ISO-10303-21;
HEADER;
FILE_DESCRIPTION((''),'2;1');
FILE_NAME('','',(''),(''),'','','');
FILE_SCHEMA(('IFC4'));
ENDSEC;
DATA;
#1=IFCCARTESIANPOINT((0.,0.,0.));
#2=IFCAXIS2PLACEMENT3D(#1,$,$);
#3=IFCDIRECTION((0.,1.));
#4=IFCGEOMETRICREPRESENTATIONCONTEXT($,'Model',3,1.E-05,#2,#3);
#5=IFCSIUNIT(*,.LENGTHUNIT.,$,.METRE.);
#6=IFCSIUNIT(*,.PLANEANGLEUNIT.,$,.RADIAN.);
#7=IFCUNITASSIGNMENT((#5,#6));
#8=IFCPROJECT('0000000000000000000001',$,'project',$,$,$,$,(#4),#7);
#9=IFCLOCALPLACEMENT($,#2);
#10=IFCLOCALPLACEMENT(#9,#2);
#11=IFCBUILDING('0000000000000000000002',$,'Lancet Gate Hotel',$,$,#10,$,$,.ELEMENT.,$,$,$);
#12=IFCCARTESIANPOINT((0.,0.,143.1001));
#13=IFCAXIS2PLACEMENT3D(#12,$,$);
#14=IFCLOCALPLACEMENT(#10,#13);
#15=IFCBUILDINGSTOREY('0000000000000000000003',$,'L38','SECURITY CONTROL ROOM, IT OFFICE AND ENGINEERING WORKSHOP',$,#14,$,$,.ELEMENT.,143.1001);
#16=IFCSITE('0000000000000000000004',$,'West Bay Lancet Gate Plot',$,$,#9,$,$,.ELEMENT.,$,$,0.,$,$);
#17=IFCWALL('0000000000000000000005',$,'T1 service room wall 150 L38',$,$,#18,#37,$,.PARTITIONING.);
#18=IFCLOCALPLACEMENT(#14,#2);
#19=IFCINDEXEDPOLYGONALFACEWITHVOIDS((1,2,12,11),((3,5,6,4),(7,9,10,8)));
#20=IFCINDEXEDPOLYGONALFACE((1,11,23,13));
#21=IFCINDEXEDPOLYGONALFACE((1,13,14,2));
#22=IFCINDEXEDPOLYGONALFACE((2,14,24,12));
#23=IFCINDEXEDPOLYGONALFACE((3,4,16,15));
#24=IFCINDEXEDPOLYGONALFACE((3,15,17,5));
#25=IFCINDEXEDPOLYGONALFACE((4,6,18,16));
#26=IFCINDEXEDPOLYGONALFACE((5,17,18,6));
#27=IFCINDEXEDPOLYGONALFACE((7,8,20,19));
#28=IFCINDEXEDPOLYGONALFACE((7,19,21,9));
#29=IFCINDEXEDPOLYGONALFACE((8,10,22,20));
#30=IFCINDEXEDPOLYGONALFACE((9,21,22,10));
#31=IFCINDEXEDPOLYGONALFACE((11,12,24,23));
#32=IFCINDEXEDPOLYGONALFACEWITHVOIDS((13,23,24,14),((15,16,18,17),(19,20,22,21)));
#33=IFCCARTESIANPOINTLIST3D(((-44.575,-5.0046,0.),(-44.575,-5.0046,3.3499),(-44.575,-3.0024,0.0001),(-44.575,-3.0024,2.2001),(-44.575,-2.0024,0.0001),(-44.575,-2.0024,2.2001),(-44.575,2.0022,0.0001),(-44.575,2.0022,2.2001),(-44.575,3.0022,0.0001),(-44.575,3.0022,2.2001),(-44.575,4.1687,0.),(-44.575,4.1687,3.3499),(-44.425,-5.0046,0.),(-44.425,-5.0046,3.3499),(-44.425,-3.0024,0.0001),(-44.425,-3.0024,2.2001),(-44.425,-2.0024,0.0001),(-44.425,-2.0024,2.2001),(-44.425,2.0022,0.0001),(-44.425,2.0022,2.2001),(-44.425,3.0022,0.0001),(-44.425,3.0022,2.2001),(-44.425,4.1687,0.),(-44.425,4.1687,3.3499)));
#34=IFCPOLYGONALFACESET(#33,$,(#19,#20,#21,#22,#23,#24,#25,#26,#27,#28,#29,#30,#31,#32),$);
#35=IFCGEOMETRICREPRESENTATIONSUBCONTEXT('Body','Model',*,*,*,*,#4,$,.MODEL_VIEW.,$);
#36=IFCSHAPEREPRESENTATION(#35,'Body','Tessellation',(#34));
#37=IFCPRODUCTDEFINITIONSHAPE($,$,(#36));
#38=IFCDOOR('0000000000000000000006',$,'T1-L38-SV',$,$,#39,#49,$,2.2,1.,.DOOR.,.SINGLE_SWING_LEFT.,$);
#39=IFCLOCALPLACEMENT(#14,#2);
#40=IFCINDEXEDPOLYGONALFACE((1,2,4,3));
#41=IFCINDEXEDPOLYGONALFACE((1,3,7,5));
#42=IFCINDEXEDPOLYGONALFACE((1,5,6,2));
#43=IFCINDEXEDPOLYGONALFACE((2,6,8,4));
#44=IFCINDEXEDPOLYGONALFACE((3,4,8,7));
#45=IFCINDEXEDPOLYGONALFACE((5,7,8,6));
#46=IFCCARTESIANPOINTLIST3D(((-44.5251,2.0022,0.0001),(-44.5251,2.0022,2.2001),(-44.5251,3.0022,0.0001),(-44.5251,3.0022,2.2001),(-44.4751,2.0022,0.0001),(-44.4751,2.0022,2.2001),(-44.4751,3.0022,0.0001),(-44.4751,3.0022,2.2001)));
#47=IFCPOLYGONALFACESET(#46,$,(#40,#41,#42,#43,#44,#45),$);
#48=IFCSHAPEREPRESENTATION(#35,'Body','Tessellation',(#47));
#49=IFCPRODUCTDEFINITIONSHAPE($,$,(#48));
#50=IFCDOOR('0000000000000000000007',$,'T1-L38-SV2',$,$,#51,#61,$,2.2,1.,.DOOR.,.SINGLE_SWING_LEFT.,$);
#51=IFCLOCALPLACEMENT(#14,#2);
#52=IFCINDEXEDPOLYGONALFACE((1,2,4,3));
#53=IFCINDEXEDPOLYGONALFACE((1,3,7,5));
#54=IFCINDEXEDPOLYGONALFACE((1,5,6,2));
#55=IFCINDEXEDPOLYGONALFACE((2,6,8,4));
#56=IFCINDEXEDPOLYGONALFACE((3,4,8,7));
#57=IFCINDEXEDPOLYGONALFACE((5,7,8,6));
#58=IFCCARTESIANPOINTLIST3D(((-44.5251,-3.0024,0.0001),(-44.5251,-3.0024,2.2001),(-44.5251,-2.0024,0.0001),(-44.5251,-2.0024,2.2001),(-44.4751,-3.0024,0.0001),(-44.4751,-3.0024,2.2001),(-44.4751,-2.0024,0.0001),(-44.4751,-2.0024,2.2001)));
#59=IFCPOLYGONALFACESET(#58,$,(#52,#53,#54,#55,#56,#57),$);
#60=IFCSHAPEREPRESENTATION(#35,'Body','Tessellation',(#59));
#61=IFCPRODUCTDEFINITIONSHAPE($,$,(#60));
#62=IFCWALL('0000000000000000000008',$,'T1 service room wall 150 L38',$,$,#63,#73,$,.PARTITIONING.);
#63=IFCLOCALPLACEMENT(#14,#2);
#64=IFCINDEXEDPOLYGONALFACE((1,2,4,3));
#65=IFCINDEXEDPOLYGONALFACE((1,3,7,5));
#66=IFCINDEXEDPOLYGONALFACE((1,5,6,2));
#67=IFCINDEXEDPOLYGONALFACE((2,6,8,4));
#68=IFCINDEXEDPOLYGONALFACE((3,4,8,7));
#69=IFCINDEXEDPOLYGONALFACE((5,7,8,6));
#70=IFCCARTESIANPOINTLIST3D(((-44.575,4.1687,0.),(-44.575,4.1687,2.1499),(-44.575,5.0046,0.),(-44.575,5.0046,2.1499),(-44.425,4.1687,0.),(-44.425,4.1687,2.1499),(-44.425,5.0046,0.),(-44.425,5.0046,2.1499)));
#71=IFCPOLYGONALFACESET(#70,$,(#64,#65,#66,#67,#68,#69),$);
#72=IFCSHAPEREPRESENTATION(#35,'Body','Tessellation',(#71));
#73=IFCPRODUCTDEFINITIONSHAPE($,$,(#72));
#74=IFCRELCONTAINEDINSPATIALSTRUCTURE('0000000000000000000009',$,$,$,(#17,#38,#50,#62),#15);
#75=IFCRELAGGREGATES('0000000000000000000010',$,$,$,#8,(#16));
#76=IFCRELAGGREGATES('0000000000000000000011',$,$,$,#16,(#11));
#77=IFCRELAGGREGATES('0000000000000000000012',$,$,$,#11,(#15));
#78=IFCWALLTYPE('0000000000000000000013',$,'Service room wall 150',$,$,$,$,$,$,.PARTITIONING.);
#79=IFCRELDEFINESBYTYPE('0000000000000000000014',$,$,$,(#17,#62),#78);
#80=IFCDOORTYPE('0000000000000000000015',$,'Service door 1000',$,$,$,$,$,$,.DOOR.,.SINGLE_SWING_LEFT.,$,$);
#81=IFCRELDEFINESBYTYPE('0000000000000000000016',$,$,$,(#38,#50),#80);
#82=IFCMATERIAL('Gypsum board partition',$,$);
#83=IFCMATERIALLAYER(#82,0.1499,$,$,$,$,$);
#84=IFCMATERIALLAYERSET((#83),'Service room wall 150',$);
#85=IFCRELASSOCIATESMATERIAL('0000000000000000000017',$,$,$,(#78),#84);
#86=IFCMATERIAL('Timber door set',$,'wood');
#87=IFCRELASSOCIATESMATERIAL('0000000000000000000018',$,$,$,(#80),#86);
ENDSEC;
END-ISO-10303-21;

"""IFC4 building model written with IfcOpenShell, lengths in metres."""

from ifc_helpers import new_model, si_unit, direction, frame, frame_2d, origin, place, context, subcontext, project, spatial, rectangle, extrude, material, layer, layer_set, type_object, element, fill, save


model = new_model("IFC4")

# Units and contexts
model_context = context("Model", 3, precision=1e-05, world=origin(), true_north=direction((0.0, 1.0)))
body_context = subcontext(model_context, "Body", "Model", "MODEL_VIEW")
ifc_project = project(units=[si_unit("LENGTHUNIT", "METRE"), si_unit("PLANEANGLEUNIT", "RADIAN")], contexts=[model_context])

# Site, building, storey
site_placement = place(None, origin())
site = spatial("IfcSite", under=ifc_project, at=site_placement, Name="West Bay Lancet Gate Plot", CompositionType="ELEMENT", RefElevation=0.0)
building_placement = place(site_placement, origin())
building = spatial("IfcBuilding", under=site, at=building_placement, Name="Lancet Gate Hotel", CompositionType="ELEMENT")
storey_placement = place(building_placement, frame((0.0, 0.0, 143.1001)))
storey = spatial("IfcBuildingStorey", under=building, at=storey_placement, Name="L38", Description="SECURITY CONTROL ROOM, IT OFFICE AND ENGINEERING WORKSHOP", CompositionType="ELEMENT", Elevation=143.1001)

# Shared definitions
ifc_material_1 = material(Name="Gypsum board partition")
ifc_layer_1 = layer(ifc_material_1, 0.1499)
ifc_layer_set_1 = layer_set([ifc_layer_1], Name="Service room wall 150")
wall_type_1 = type_object("IfcWallType", Name="Service room wall 150", PredefinedType="PARTITIONING", material=ifc_layer_set_1)

# Shared definitions
ifc_material_2 = material(Name="Timber door set", Category="wood")
door_type_1 = type_object("IfcDoorType", Name="Service door 1000", OperationType="SINGLE_SWING_LEFT", PredefinedType="DOOR", material=ifc_material_2)

# Wall, openings, doors
wall_1_placement = place(storey_placement, frame((-44.5, 4.1687, 0.0), z_axis=(0.0, 0.0, 1.0), x_axis=(0.0, -1.0, 0.0)))
wall_1 = element("IfcWall", 1, at=wall_1_placement, inside=storey, type_object=wall_type_1, Name="T1 service room wall 150 L38", PredefinedType="PARTITIONING", context=body_context, shape_type="SweptSolid", body=[
    extrude(rectangle(XDim=9.1733, YDim=0.1499, at=frame_2d((4.5867, 0.0))), origin(), (0.0, 0.0, 1.0), 3.3499),
])
opening_1_placement = place(wall_1_placement, frame((1.1665, 0.0, 0.0)))
opening_1 = element("IfcOpeningElement", 2, at=opening_1_placement, cuts=wall_1, PredefinedType="OPENING", context=body_context, shape_type="SweptSolid", body=[
    extrude(rectangle(XDim=1.0, YDim=2.2, at=frame_2d((0.5, 1.1001))), frame((0.0, 0.085, 0.0), z_axis=(0.0, -1.0, 0.0), x_axis=(1.0, 0.0, 0.0)), (0.0, 0.0, 1.0), 0.1699),
])
opening_2_placement = place(wall_1_placement, frame((6.1711, 0.0, 0.0)))
opening_2 = element("IfcOpeningElement", 3, at=opening_2_placement, cuts=wall_1, PredefinedType="OPENING", context=body_context, shape_type="SweptSolid", body=[
    extrude(rectangle(XDim=1.0, YDim=2.2, at=frame_2d((0.5, 1.1001))), frame((0.0, 0.085, 0.0), z_axis=(0.0, -1.0, 0.0), x_axis=(1.0, 0.0, 0.0)), (0.0, 0.0, 1.0), 0.1699),
])
door_1_placement = place(opening_1_placement, origin())
door_1 = element("IfcDoor", 4, at=door_1_placement, inside=storey, type_object=door_type_1, Name="T1-L38-SV", OperationType="SINGLE_SWING_LEFT", OverallHeight=2.2, OverallWidth=1.0, PredefinedType="DOOR", context=body_context, shape_type="SweptSolid", body=[
    extrude(rectangle(XDim=1.0, YDim=2.2, at=frame_2d((0.5, 1.1001))), frame((0.0, 0.0249, 0.0), z_axis=(0.0, -1.0, 0.0), x_axis=(1.0, 0.0, 0.0)), (0.0, 0.0, 1.0), 0.05),
])
fill(opening_1, door_1)
door_2_placement = place(opening_2_placement, origin())
door_2 = element("IfcDoor", 5, at=door_2_placement, inside=storey, type_object=door_type_1, Name="T1-L38-SV2", OperationType="SINGLE_SWING_LEFT", OverallHeight=2.2, OverallWidth=1.0, PredefinedType="DOOR", context=body_context, shape_type="SweptSolid", body=[
    extrude(rectangle(XDim=1.0, YDim=2.2, at=frame_2d((0.5, 1.1001))), frame((0.0, 0.0249, 0.0), z_axis=(0.0, -1.0, 0.0), x_axis=(1.0, 0.0, 0.0)), (0.0, 0.0, 1.0), 0.05),
])
fill(opening_2, door_2)

# Wall
wall_2_placement = place(storey_placement, frame((-44.5, 5.0046, 0.0), z_axis=(0.0, 0.0, 1.0), x_axis=(0.0, -1.0, 0.0)))
element("IfcWall", 6, at=wall_2_placement, inside=storey, type_object=wall_type_1, Name="T1 service room wall 150 L38", PredefinedType="PARTITIONING", context=body_context, shape_type="SweptSolid", body=[
    extrude(rectangle(XDim=0.8359, YDim=0.1499, at=frame_2d((0.418, 0.0))), origin(), (0.0, 0.0, 1.0), 2.1499),
])

save(model, "model.ifc")
